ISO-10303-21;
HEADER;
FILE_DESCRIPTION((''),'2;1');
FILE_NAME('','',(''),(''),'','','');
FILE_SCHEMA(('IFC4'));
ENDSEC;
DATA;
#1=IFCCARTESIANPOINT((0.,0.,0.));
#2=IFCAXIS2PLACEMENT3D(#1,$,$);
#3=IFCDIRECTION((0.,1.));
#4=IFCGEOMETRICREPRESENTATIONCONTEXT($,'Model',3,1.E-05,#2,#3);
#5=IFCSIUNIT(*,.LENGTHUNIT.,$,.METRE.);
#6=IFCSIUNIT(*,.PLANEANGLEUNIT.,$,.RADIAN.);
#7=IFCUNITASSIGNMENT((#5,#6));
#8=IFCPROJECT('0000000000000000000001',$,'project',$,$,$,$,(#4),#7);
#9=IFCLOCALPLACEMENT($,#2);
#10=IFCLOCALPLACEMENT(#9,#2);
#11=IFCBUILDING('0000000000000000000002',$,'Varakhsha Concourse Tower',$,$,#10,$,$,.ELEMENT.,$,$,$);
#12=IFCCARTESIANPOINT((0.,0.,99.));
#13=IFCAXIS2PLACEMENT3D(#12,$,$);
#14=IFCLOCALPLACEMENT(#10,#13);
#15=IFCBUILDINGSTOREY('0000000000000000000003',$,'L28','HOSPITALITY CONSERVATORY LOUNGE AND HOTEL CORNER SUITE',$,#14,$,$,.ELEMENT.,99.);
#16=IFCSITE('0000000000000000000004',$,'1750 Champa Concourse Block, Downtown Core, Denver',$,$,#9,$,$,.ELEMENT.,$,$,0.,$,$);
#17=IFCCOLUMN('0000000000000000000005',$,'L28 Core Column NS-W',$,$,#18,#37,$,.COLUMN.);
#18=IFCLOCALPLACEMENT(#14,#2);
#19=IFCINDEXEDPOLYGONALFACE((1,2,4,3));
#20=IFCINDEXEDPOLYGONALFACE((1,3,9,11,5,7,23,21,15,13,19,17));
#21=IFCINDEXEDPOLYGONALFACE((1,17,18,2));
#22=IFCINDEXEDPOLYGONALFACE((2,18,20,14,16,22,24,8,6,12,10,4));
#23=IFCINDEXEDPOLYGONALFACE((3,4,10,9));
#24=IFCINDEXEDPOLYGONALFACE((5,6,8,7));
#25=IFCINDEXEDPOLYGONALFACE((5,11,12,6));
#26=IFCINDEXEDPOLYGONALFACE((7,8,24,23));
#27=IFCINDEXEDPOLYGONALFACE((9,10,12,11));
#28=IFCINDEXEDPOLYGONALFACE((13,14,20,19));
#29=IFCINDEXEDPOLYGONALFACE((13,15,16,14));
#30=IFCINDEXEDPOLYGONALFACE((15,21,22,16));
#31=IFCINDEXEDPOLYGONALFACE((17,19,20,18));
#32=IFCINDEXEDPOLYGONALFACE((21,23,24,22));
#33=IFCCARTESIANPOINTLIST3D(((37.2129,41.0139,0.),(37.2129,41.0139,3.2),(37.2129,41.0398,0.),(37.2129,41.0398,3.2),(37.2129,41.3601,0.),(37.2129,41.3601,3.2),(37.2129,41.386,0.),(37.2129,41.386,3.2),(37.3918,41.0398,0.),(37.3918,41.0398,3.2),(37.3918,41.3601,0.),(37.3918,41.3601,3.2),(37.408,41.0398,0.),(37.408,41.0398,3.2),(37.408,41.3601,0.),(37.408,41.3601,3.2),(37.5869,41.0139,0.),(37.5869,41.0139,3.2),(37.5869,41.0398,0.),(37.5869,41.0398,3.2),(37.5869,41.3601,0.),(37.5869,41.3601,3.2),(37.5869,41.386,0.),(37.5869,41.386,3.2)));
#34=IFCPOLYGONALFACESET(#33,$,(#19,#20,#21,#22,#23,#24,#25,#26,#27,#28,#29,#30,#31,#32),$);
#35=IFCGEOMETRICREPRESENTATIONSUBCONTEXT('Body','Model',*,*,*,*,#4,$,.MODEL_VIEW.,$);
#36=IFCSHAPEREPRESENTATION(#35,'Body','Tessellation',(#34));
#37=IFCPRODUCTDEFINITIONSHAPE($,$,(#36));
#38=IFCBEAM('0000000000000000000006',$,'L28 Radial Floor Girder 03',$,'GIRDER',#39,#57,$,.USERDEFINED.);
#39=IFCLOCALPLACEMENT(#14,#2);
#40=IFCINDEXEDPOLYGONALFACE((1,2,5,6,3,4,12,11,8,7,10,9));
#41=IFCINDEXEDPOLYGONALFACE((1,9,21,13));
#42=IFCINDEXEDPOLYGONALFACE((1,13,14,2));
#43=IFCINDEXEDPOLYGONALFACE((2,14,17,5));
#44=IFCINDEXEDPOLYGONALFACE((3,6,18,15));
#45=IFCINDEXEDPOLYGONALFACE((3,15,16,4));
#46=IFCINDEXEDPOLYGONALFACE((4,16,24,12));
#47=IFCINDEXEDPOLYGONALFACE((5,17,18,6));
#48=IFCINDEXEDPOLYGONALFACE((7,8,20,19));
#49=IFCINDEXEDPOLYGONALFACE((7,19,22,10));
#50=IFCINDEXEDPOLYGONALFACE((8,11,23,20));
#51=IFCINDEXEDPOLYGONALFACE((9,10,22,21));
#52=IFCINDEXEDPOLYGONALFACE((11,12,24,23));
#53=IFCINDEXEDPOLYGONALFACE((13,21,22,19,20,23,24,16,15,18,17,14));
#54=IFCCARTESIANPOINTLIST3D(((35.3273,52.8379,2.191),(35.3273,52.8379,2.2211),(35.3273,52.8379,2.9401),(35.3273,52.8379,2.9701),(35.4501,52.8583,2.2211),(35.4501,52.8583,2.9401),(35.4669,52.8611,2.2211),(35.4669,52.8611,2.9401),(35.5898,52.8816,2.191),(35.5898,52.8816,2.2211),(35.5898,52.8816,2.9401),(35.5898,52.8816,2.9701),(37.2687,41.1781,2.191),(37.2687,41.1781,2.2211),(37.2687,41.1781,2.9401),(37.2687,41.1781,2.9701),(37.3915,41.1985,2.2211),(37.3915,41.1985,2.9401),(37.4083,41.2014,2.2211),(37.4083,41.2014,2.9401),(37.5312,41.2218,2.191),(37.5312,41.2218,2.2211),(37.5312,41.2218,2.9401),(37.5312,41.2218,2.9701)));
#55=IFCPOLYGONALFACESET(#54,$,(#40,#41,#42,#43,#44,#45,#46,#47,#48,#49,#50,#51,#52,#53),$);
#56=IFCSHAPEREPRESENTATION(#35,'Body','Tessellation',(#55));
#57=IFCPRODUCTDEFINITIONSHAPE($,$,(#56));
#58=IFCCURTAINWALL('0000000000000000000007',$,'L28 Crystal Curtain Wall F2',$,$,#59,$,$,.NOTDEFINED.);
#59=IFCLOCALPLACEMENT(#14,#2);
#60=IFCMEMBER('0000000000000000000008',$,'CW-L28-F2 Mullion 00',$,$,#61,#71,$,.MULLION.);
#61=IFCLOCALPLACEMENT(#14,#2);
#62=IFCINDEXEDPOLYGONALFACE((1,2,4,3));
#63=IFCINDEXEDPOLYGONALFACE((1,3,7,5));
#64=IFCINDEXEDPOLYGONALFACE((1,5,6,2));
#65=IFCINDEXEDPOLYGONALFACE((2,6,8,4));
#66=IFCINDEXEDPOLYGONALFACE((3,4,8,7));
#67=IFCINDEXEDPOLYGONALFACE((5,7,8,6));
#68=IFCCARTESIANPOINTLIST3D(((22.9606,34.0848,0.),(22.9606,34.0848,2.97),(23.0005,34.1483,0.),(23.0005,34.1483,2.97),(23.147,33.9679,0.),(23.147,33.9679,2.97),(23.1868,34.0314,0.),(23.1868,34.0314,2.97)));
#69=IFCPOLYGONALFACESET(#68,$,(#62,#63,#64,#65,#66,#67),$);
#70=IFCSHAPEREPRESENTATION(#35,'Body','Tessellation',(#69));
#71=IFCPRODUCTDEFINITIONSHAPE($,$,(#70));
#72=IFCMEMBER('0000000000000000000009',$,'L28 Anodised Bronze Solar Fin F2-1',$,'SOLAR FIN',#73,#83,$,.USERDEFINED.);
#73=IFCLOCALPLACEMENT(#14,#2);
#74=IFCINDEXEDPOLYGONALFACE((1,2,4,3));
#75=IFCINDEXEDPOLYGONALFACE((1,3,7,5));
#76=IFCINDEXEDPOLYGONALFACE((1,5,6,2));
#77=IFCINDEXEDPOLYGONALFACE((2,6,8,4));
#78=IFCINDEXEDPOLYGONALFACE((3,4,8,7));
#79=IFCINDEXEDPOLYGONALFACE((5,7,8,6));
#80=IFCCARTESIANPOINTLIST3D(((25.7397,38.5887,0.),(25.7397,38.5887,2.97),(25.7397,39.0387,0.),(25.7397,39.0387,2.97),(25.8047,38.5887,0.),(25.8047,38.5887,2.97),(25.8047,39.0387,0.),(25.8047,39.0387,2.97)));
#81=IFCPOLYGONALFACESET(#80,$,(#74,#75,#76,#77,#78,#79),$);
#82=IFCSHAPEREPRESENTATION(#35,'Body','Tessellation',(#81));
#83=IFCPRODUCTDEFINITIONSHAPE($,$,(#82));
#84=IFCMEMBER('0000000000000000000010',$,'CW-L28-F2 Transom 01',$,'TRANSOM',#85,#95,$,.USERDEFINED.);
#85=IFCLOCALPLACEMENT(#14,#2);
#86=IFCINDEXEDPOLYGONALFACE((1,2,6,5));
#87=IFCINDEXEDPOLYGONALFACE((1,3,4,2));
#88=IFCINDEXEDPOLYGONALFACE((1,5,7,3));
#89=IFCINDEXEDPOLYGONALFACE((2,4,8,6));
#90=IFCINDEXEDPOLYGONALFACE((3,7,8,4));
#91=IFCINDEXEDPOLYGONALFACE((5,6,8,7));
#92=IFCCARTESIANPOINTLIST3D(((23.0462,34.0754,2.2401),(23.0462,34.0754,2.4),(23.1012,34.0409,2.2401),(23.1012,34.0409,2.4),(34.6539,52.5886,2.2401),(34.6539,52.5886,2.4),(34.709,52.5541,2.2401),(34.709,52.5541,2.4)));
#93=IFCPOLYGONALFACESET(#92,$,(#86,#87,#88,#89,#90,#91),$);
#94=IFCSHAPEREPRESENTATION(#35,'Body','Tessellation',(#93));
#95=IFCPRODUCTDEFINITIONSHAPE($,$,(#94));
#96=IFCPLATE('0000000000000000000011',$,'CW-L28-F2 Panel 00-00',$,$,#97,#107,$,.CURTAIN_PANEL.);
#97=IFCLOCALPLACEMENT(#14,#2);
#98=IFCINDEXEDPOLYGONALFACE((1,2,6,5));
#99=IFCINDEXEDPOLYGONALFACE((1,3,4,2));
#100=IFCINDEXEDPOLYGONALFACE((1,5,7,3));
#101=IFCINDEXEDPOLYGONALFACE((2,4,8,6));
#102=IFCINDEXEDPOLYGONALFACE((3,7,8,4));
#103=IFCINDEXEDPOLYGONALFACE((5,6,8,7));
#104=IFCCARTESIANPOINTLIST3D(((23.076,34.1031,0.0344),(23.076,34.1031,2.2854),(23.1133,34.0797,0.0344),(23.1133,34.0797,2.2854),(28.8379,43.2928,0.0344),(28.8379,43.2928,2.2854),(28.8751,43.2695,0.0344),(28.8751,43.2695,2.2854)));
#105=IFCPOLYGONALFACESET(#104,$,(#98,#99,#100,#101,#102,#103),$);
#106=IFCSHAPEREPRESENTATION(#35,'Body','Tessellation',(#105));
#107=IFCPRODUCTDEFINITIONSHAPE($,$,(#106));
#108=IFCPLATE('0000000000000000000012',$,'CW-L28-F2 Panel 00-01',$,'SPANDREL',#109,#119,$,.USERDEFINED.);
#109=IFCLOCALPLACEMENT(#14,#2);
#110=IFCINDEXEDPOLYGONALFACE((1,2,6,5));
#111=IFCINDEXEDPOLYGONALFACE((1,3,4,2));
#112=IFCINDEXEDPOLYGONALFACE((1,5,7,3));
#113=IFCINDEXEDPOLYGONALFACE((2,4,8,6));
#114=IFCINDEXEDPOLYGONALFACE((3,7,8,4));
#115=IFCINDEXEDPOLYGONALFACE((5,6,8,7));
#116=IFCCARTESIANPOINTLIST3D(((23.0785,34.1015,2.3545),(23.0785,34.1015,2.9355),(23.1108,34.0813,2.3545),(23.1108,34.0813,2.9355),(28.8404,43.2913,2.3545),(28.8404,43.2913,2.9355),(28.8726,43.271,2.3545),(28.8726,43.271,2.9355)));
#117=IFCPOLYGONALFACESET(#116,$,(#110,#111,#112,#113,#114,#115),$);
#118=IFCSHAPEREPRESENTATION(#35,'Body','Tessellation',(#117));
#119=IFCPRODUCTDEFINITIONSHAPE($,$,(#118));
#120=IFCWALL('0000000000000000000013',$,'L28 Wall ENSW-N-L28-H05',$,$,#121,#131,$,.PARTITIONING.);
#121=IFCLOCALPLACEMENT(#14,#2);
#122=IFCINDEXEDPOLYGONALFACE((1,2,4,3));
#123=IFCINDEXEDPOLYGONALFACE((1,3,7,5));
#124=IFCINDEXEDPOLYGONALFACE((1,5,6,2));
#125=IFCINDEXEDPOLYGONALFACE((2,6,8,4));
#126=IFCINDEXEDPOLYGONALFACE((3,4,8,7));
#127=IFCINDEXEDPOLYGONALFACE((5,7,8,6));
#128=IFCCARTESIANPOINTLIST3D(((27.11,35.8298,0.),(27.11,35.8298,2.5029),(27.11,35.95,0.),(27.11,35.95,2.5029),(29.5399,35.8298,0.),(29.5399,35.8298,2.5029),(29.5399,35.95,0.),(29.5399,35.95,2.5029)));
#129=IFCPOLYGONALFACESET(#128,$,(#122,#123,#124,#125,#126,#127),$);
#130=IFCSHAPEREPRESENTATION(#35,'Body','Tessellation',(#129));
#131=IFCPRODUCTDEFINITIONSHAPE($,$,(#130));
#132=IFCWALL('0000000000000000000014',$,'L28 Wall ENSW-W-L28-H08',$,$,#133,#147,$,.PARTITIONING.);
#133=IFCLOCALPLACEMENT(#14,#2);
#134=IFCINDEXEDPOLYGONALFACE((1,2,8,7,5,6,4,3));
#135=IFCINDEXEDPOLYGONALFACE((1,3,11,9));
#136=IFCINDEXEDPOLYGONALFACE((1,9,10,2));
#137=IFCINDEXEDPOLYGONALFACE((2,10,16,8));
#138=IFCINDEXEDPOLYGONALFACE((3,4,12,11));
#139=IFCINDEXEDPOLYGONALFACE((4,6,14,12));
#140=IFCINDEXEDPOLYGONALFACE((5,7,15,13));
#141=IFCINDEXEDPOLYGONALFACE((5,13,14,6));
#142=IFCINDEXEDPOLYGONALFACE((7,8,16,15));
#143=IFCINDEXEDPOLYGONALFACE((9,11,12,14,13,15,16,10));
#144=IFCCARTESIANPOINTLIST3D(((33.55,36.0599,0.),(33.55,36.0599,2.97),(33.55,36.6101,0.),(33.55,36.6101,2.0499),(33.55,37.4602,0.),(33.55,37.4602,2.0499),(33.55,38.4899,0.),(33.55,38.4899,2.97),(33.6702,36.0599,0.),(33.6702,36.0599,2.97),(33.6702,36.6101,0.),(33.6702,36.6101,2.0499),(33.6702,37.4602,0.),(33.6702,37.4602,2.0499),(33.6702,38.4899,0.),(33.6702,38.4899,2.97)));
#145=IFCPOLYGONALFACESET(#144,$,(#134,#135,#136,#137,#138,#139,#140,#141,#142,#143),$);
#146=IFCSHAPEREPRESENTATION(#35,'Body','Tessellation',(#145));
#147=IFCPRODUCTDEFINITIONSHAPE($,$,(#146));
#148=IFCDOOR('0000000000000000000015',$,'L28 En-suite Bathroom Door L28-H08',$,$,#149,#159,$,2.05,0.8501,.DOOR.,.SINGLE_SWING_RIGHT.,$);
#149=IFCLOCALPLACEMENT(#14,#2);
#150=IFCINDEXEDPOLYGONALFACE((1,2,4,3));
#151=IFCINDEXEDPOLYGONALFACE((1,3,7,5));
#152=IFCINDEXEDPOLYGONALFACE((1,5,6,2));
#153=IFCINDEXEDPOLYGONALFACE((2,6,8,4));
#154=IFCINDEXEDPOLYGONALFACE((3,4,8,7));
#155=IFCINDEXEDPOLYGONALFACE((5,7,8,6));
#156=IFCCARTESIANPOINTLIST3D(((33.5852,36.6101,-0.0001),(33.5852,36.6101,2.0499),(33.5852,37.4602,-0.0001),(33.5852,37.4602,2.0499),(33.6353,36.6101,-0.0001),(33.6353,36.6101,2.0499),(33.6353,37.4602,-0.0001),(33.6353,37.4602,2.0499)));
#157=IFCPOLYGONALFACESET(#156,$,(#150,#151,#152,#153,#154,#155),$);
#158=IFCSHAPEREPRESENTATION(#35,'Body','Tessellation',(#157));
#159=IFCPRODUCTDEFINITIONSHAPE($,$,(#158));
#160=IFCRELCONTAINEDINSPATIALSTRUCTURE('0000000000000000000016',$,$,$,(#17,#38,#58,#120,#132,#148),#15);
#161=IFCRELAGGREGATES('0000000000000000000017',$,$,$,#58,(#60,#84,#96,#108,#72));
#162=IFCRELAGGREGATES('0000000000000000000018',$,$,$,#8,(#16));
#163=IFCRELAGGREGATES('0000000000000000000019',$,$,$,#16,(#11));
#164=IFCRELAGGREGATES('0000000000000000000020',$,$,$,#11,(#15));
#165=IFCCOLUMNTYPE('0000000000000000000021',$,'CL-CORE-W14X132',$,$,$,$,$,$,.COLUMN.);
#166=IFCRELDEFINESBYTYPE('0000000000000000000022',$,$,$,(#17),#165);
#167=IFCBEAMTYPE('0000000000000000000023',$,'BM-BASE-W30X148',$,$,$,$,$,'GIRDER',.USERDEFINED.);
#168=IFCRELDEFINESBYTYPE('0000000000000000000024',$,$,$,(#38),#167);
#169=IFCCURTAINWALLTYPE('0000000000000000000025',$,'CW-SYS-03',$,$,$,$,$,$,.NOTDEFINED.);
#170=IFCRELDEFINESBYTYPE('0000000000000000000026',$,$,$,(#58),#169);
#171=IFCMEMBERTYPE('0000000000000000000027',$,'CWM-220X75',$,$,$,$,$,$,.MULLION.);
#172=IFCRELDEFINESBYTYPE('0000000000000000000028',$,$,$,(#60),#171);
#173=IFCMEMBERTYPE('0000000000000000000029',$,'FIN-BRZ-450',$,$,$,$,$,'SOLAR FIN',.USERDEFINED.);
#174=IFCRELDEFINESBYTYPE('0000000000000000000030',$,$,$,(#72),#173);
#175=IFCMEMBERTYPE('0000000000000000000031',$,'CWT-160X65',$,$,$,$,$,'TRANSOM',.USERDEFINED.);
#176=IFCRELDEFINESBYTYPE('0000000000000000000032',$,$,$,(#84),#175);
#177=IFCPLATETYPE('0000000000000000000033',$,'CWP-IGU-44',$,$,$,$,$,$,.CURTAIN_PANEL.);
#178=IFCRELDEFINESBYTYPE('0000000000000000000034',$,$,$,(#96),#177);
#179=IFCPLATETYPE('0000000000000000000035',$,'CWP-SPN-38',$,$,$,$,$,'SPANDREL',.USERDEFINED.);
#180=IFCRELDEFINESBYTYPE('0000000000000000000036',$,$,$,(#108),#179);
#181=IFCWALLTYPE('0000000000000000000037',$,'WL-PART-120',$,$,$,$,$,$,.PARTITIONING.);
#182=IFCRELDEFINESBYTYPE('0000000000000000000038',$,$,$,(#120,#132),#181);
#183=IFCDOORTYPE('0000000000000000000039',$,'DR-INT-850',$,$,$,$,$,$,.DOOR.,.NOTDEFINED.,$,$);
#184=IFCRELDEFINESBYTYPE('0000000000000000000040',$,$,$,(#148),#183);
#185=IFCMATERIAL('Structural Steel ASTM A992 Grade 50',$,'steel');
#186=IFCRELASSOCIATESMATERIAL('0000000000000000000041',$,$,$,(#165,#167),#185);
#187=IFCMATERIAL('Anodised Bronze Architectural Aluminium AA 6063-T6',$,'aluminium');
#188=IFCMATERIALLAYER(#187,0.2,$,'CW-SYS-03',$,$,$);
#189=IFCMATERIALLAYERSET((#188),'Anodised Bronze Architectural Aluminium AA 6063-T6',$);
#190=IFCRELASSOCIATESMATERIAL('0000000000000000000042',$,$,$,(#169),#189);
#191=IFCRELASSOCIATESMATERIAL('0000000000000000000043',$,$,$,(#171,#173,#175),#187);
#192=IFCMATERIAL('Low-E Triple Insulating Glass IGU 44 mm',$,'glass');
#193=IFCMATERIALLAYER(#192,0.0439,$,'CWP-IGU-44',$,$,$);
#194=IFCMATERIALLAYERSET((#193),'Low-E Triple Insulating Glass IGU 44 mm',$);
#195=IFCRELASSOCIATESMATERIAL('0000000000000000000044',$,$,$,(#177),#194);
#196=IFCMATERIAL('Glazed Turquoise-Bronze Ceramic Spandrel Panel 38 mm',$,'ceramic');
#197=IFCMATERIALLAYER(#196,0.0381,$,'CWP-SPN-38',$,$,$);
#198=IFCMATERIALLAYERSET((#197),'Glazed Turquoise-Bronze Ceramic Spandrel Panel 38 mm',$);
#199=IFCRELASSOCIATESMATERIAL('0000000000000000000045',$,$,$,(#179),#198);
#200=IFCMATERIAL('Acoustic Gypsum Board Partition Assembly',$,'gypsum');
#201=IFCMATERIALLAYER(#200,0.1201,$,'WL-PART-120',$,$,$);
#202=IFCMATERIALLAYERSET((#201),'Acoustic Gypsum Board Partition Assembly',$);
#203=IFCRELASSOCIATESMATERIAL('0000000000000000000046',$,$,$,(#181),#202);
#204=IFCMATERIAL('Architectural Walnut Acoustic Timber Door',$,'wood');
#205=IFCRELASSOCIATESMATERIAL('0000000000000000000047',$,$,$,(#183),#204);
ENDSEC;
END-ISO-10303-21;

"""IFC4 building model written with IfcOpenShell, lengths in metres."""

from ifc_helpers import new_model, si_unit, direction, frame, frame_2d, origin, origin_2d, place, context, subcontext, project, spatial, rectangle, i_section, extrude, source, transform, mapped, material, layer, layer_set, material_profile, profile_set, type_object, type_shapes, element, fill, aggregate, save


model = new_model("IFC4")

# Units and contexts
model_context = context("Model", 3, precision=1e-05, world=origin(), true_north=direction((0.0, 1.0)))
body_context = subcontext(model_context, "Body", "Model", "MODEL_VIEW")
ifc_project = project(units=[si_unit("LENGTHUNIT", "METRE"), si_unit("PLANEANGLEUNIT", "RADIAN")], contexts=[model_context])

# Site, building, storey
site_placement = place(None, origin())
site = spatial("IfcSite", under=ifc_project, at=site_placement, Name="1750 Champa Concourse Block, Downtown Core, Denver", CompositionType="ELEMENT", RefElevation=0.0)
building_placement = place(site_placement, origin())
building = spatial("IfcBuilding", under=site, at=building_placement, Name="Varakhsha Concourse Tower", CompositionType="ELEMENT")
storey_placement = place(building_placement, frame((0.0, 0.0, 99.0)))
storey = spatial("IfcBuildingStorey", under=building, at=storey_placement, Name="L28", Description="HOSPITALITY CONSERVATORY LOUNGE AND HOTEL CORNER SUITE", CompositionType="ELEMENT", Elevation=99.0)

# Column
ifc_material_1 = material(Name="Structural Steel ASTM A992 Grade 50", Category="steel")
ifc_material_profile_1 = material_profile(ifc_material_1, i_section(OverallWidth=0.374, OverallDepth=0.3721, WebThickness=0.0161, FlangeThickness=0.0259, at=origin_2d()), Name="W14X132")
ifc_profile_set_1 = profile_set([ifc_material_profile_1], Name="Structural Steel ASTM A992 Grade 50")
column_type = type_object("IfcColumnType", Name="CL-CORE-W14X132", PredefinedType="COLUMN", material=ifc_profile_set_1)
column_placement = place(storey_placement, frame((37.3999, 41.2, 0.0), z_axis=(0.0, 0.0, 1.0), x_axis=(1.0, 0.0, 0.0)))
element("IfcColumn", 1, at=column_placement, inside=storey, type_object=column_type, Name="L28 Core Column NS-W", PredefinedType="COLUMN", context=body_context, shape_type="SweptSolid", body=[
    extrude(i_section(OverallWidth=0.374, OverallDepth=0.3721, WebThickness=0.0161, FlangeThickness=0.0259, at=origin_2d()), origin(), (0.0, 0.0, 1.0), 3.2),
])

# Beam
ifc_material_profile_2 = material_profile(ifc_material_1, i_section(OverallWidth=0.2661, OverallDepth=0.7791, WebThickness=0.0171, FlangeThickness=0.03, at=origin_2d()), Name="W30X148")
ifc_profile_set_2 = profile_set([ifc_material_profile_2], Name="Structural Steel ASTM A992 Grade 50")
beam_type = type_object("IfcBeamType", Name="BM-BASE-W30X148", ElementType="GIRDER", PredefinedType="USERDEFINED", material=ifc_profile_set_2)
beam_placement = place(storey_placement, frame((37.3999, 41.2, 2.5806), z_axis=(-0.164242, 0.98642, 0.0), x_axis=(-0.98642, -0.164242, 0.0)))
element("IfcBeam", 2, at=beam_placement, inside=storey, type_object=beam_type, Name="L28 Radial Floor Girder 03", ObjectType="GIRDER", PredefinedType="USERDEFINED", context=body_context, shape_type="SweptSolid", body=[
    extrude(i_section(OverallWidth=0.2661, OverallDepth=0.7791, WebThickness=0.0171, FlangeThickness=0.03, at=origin_2d()), origin(), (0.0, 0.0, 1.0), 11.8203),
])

# Curtain wall, members, plates
ifc_material_2 = material(Name="Anodised Bronze Architectural Aluminium AA 6063-T6", Category="aluminium")
ifc_layer_1 = layer(ifc_material_2, 0.2, Name="CW-SYS-03")
ifc_layer_set_1 = layer_set([ifc_layer_1], Name="Anodised Bronze Architectural Aluminium AA 6063-T6")
curtain_wall_type = type_object("IfcCurtainWallType", Name="CW-SYS-03", PredefinedType="NOTDEFINED", material=ifc_layer_set_1)
curtain_wall_placement = place(storey_placement, origin())
curtain_wall = element("IfcCurtainWall", 3, at=curtain_wall_placement, inside=storey, type_object=curtain_wall_type, Name="L28 Crystal Curtain Wall F2", PredefinedType="NOTDEFINED")
ifc_material_profile_3 = material_profile(ifc_material_2, rectangle(XDim=0.075, YDim=0.22, at=origin_2d()), Name="CWM-220X75")
ifc_profile_set_3 = profile_set([ifc_material_profile_3], Name="Anodised Bronze Architectural Aluminium AA 6063-T6")
member_type_1 = type_object("IfcMemberType", Name="CWM-220X75", PredefinedType="MULLION", material=ifc_profile_set_3)
shared_shape_1 = source(origin(), body_context, "Body", "SweptSolid", [
    extrude(rectangle(XDim=0.075, YDim=0.22, at=origin_2d()), origin(), (0.0, 0.0, 1.0), 2.97),
])
type_shapes(member_type_1, [shared_shape_1])
member_1_placement = place(storey_placement, frame((23.0737, 34.0581, 0.0), z_axis=(0.0, 0.0, 1.0), x_axis=(0.531209, 0.847241, 0.0)))
member_1 = element("IfcMember", 4, at=member_1_placement, type_object=member_type_1, Name="CW-L28-F2 Mullion 00", PredefinedType="MULLION", context=body_context, shape_type="MappedRepresentation", body=[
    mapped(shared_shape_1, transform((0.0, 0.0, 0.0), scale=1.0)),
])
ifc_material_profile_4 = material_profile(ifc_material_2, rectangle(XDim=0.0649, YDim=0.45, at=origin_2d()), Name="FIN-BRZ-450")
ifc_profile_set_4 = profile_set([ifc_material_profile_4], Name="Anodised Bronze Architectural Aluminium AA 6063-T6")
member_type_2 = type_object("IfcMemberType", Name="FIN-BRZ-450", ElementType="SOLAR FIN", PredefinedType="USERDEFINED", material=ifc_profile_set_4)
shared_shape_2 = source(origin(), body_context, "Body", "SweptSolid", [
    extrude(rectangle(XDim=0.0649, YDim=0.45, at=origin_2d()), origin(), (0.0, 0.0, 1.0), 2.97),
])
type_shapes(member_type_2, [shared_shape_2])
member_2_placement = place(storey_placement, frame((25.7722, 38.8137, 0.0), z_axis=(0.0, 0.0, 1.0), x_axis=(1.0, 0.0, 0.0)))
member_2 = element("IfcMember", 5, at=member_2_placement, type_object=member_type_2, Name="L28 Anodised Bronze Solar Fin F2-1", ObjectType="SOLAR FIN", PredefinedType="USERDEFINED", context=body_context, shape_type="MappedRepresentation", body=[
    mapped(shared_shape_2, transform((0.0, 0.0, 0.0), scale=1.0)),
])
ifc_material_profile_5 = material_profile(ifc_material_2, rectangle(XDim=0.0649, YDim=0.1599, at=origin_2d()), Name="CWT-160X65")
ifc_profile_set_5 = profile_set([ifc_material_profile_5], Name="Anodised Bronze Architectural Aluminium AA 6063-T6")
member_type_3 = type_object("IfcMemberType", Name="CWT-160X65", ElementType="TRANSOM", PredefinedType="USERDEFINED", material=ifc_profile_set_5)
shared_shape_3 = source(origin(), body_context, "Body", "SweptSolid", [
    extrude(rectangle(XDim=0.0649, YDim=0.1599, at=origin_2d()), origin(), (0.0, 0.0, 1.0), 21.8513),
])
type_shapes(member_type_3, [shared_shape_3])
member_3_placement = place(storey_placement, frame((23.0737, 34.0581, 2.3201), z_axis=(0.531214, 0.847238, 0.0), x_axis=(-0.847238, 0.531214, 0.0)))
member_3 = element("IfcMember", 6, at=member_3_placement, type_object=member_type_3, Name="CW-L28-F2 Transom 01", ObjectType="TRANSOM", PredefinedType="USERDEFINED", context=body_context, shape_type="MappedRepresentation", body=[
    mapped(shared_shape_3, transform((0.0, 0.0, 0.0), scale=1.0)),
])
ifc_material_3 = material(Name="Low-E Triple Insulating Glass IGU 44 mm", Category="glass")
ifc_layer_2 = layer(ifc_material_3, 0.0439, Name="CWP-IGU-44")
ifc_layer_set_2 = layer_set([ifc_layer_2], Name="Low-E Triple Insulating Glass IGU 44 mm")
plate_type_1 = type_object("IfcPlateType", Name="CWP-IGU-44", PredefinedType="CURTAIN_PANEL", material=ifc_layer_set_2)
shared_shape_4 = source(origin(), body_context, "Body", "SweptSolid", [
    extrude(rectangle(XDim=10.8467, YDim=0.0439, at=origin_2d()), origin(), (0.0, 0.0, 1.0), 2.251),
])
type_shapes(plate_type_1, [shared_shape_4])
plate_1_placement = place(storey_placement, frame((25.9756, 38.6863, 0.0344), z_axis=(0.0, 0.0, 1.0), x_axis=(0.531209, 0.847241, 0.0)))
plate_1 = element("IfcPlate", 7, at=plate_1_placement, type_object=plate_type_1, Name="CW-L28-F2 Panel 00-00", PredefinedType="CURTAIN_PANEL", context=body_context, shape_type="MappedRepresentation", body=[
    mapped(shared_shape_4, transform((0.0, 0.0, 0.0), scale=1.0)),
])
ifc_material_4 = material(Name="Glazed Turquoise-Bronze Ceramic Spandrel Panel 38 mm", Category="ceramic")
ifc_layer_3 = layer(ifc_material_4, 0.0381, Name="CWP-SPN-38")
ifc_layer_set_3 = layer_set([ifc_layer_3], Name="Glazed Turquoise-Bronze Ceramic Spandrel Panel 38 mm")
plate_type_2 = type_object("IfcPlateType", Name="CWP-SPN-38", ElementType="SPANDREL", PredefinedType="USERDEFINED", material=ifc_layer_set_3)
shared_shape_5 = source(origin(), body_context, "Body", "SweptSolid", [
    extrude(rectangle(XDim=10.8467, YDim=0.0381, at=origin_2d()), origin(), (0.0, 0.0, 1.0), 0.5811),
])
type_shapes(plate_type_2, [shared_shape_5])
plate_2_placement = place(storey_placement, frame((25.9756, 38.6863, 2.3545), z_axis=(0.0, 0.0, 1.0), x_axis=(0.531209, 0.847241, 0.0)))
plate_2 = element("IfcPlate", 8, at=plate_2_placement, type_object=plate_type_2, Name="CW-L28-F2 Panel 00-01", ObjectType="SPANDREL", PredefinedType="USERDEFINED", context=body_context, shape_type="MappedRepresentation", body=[
    mapped(shared_shape_5, transform((0.0, 0.0, 0.0), scale=1.0)),
])
aggregate(curtain_wall, [member_1, member_3, plate_1, plate_2, member_2])

# Wall
ifc_material_5 = material(Name="Acoustic Gypsum Board Partition Assembly", Category="gypsum")
ifc_layer_4 = layer(ifc_material_5, 0.1201, Name="WL-PART-120")
ifc_layer_set_4 = layer_set([ifc_layer_4], Name="Acoustic Gypsum Board Partition Assembly")
wall_type_1 = type_object("IfcWallType", Name="WL-PART-120", PredefinedType="PARTITIONING", material=ifc_layer_set_4)
wall_1_placement = place(storey_placement, frame((27.1101, 35.8899, 0.0), z_axis=(0.0, 0.0, 1.0), x_axis=(1.0, 0.0, 0.0)))
element("IfcWall", 9, at=wall_1_placement, inside=storey, type_object=wall_type_1, Name="L28 Wall ENSW-N-L28-H05", PredefinedType="PARTITIONING", context=body_context, shape_type="SweptSolid", body=[
    extrude(rectangle(XDim=2.4299, YDim=0.1201, at=frame_2d((1.2148, 0.0))), origin(), (0.0, 0.0, 1.0), 2.5029),
])

# Wall, opening, door
wall_2_placement = place(storey_placement, frame((33.6101, 36.0601, 0.0), z_axis=(0.0, 0.0, 1.0), x_axis=(0.0, 1.0, 0.0)))
wall_2 = element("IfcWall", 10, at=wall_2_placement, inside=storey, type_object=wall_type_1, Name="L28 Wall ENSW-W-L28-H08", PredefinedType="PARTITIONING", context=body_context, shape_type="SweptSolid", body=[
    extrude(rectangle(XDim=2.4299, YDim=0.1201, at=frame_2d((1.2148, 0.0))), origin(), (0.0, 0.0, 1.0), 2.97),
])
opening_1_placement = place(wall_2_placement, frame((0.55, 0.0, 0.0)))
opening_1 = element("IfcOpeningElement", 11, at=opening_1_placement, cuts=wall_2, PredefinedType="OPENING", context=body_context, shape_type="SweptSolid", body=[
    extrude(rectangle(XDim=0.8501, YDim=2.05, at=frame_2d((0.425, 1.0249))), frame((0.0, 0.0701, 0.0), z_axis=(0.0, -1.0, 0.0), x_axis=(1.0, 0.0, 0.0)), (0.0, 0.0, 1.0), 0.1401),
])
ifc_material_6 = material(Name="Architectural Walnut Acoustic Timber Door", Category="wood")
door_type_1 = type_object("IfcDoorType", Name="DR-INT-850", OperationType="NOTDEFINED", PredefinedType="DOOR", material=ifc_material_6)
door_1_placement = place(opening_1_placement, origin())
door_1 = element("IfcDoor", 12, at=door_1_placement, inside=storey, type_object=door_type_1, Name="L28 En-suite Bathroom Door L28-H08", OperationType="SINGLE_SWING_RIGHT", OverallHeight=2.05, OverallWidth=0.8501, PredefinedType="DOOR", context=body_context, shape_type="SweptSolid", body=[
    extrude(rectangle(XDim=0.8501, YDim=2.05, at=frame_2d((0.425, 1.0249))), frame((0.0, 0.0249, 0.0), z_axis=(0.0, -1.0, 0.0), x_axis=(1.0, 0.0, 0.0)), (0.0, 0.0, 1.0), 0.05),
])
fill(opening_1, door_1)

save(model, "model.ifc")
